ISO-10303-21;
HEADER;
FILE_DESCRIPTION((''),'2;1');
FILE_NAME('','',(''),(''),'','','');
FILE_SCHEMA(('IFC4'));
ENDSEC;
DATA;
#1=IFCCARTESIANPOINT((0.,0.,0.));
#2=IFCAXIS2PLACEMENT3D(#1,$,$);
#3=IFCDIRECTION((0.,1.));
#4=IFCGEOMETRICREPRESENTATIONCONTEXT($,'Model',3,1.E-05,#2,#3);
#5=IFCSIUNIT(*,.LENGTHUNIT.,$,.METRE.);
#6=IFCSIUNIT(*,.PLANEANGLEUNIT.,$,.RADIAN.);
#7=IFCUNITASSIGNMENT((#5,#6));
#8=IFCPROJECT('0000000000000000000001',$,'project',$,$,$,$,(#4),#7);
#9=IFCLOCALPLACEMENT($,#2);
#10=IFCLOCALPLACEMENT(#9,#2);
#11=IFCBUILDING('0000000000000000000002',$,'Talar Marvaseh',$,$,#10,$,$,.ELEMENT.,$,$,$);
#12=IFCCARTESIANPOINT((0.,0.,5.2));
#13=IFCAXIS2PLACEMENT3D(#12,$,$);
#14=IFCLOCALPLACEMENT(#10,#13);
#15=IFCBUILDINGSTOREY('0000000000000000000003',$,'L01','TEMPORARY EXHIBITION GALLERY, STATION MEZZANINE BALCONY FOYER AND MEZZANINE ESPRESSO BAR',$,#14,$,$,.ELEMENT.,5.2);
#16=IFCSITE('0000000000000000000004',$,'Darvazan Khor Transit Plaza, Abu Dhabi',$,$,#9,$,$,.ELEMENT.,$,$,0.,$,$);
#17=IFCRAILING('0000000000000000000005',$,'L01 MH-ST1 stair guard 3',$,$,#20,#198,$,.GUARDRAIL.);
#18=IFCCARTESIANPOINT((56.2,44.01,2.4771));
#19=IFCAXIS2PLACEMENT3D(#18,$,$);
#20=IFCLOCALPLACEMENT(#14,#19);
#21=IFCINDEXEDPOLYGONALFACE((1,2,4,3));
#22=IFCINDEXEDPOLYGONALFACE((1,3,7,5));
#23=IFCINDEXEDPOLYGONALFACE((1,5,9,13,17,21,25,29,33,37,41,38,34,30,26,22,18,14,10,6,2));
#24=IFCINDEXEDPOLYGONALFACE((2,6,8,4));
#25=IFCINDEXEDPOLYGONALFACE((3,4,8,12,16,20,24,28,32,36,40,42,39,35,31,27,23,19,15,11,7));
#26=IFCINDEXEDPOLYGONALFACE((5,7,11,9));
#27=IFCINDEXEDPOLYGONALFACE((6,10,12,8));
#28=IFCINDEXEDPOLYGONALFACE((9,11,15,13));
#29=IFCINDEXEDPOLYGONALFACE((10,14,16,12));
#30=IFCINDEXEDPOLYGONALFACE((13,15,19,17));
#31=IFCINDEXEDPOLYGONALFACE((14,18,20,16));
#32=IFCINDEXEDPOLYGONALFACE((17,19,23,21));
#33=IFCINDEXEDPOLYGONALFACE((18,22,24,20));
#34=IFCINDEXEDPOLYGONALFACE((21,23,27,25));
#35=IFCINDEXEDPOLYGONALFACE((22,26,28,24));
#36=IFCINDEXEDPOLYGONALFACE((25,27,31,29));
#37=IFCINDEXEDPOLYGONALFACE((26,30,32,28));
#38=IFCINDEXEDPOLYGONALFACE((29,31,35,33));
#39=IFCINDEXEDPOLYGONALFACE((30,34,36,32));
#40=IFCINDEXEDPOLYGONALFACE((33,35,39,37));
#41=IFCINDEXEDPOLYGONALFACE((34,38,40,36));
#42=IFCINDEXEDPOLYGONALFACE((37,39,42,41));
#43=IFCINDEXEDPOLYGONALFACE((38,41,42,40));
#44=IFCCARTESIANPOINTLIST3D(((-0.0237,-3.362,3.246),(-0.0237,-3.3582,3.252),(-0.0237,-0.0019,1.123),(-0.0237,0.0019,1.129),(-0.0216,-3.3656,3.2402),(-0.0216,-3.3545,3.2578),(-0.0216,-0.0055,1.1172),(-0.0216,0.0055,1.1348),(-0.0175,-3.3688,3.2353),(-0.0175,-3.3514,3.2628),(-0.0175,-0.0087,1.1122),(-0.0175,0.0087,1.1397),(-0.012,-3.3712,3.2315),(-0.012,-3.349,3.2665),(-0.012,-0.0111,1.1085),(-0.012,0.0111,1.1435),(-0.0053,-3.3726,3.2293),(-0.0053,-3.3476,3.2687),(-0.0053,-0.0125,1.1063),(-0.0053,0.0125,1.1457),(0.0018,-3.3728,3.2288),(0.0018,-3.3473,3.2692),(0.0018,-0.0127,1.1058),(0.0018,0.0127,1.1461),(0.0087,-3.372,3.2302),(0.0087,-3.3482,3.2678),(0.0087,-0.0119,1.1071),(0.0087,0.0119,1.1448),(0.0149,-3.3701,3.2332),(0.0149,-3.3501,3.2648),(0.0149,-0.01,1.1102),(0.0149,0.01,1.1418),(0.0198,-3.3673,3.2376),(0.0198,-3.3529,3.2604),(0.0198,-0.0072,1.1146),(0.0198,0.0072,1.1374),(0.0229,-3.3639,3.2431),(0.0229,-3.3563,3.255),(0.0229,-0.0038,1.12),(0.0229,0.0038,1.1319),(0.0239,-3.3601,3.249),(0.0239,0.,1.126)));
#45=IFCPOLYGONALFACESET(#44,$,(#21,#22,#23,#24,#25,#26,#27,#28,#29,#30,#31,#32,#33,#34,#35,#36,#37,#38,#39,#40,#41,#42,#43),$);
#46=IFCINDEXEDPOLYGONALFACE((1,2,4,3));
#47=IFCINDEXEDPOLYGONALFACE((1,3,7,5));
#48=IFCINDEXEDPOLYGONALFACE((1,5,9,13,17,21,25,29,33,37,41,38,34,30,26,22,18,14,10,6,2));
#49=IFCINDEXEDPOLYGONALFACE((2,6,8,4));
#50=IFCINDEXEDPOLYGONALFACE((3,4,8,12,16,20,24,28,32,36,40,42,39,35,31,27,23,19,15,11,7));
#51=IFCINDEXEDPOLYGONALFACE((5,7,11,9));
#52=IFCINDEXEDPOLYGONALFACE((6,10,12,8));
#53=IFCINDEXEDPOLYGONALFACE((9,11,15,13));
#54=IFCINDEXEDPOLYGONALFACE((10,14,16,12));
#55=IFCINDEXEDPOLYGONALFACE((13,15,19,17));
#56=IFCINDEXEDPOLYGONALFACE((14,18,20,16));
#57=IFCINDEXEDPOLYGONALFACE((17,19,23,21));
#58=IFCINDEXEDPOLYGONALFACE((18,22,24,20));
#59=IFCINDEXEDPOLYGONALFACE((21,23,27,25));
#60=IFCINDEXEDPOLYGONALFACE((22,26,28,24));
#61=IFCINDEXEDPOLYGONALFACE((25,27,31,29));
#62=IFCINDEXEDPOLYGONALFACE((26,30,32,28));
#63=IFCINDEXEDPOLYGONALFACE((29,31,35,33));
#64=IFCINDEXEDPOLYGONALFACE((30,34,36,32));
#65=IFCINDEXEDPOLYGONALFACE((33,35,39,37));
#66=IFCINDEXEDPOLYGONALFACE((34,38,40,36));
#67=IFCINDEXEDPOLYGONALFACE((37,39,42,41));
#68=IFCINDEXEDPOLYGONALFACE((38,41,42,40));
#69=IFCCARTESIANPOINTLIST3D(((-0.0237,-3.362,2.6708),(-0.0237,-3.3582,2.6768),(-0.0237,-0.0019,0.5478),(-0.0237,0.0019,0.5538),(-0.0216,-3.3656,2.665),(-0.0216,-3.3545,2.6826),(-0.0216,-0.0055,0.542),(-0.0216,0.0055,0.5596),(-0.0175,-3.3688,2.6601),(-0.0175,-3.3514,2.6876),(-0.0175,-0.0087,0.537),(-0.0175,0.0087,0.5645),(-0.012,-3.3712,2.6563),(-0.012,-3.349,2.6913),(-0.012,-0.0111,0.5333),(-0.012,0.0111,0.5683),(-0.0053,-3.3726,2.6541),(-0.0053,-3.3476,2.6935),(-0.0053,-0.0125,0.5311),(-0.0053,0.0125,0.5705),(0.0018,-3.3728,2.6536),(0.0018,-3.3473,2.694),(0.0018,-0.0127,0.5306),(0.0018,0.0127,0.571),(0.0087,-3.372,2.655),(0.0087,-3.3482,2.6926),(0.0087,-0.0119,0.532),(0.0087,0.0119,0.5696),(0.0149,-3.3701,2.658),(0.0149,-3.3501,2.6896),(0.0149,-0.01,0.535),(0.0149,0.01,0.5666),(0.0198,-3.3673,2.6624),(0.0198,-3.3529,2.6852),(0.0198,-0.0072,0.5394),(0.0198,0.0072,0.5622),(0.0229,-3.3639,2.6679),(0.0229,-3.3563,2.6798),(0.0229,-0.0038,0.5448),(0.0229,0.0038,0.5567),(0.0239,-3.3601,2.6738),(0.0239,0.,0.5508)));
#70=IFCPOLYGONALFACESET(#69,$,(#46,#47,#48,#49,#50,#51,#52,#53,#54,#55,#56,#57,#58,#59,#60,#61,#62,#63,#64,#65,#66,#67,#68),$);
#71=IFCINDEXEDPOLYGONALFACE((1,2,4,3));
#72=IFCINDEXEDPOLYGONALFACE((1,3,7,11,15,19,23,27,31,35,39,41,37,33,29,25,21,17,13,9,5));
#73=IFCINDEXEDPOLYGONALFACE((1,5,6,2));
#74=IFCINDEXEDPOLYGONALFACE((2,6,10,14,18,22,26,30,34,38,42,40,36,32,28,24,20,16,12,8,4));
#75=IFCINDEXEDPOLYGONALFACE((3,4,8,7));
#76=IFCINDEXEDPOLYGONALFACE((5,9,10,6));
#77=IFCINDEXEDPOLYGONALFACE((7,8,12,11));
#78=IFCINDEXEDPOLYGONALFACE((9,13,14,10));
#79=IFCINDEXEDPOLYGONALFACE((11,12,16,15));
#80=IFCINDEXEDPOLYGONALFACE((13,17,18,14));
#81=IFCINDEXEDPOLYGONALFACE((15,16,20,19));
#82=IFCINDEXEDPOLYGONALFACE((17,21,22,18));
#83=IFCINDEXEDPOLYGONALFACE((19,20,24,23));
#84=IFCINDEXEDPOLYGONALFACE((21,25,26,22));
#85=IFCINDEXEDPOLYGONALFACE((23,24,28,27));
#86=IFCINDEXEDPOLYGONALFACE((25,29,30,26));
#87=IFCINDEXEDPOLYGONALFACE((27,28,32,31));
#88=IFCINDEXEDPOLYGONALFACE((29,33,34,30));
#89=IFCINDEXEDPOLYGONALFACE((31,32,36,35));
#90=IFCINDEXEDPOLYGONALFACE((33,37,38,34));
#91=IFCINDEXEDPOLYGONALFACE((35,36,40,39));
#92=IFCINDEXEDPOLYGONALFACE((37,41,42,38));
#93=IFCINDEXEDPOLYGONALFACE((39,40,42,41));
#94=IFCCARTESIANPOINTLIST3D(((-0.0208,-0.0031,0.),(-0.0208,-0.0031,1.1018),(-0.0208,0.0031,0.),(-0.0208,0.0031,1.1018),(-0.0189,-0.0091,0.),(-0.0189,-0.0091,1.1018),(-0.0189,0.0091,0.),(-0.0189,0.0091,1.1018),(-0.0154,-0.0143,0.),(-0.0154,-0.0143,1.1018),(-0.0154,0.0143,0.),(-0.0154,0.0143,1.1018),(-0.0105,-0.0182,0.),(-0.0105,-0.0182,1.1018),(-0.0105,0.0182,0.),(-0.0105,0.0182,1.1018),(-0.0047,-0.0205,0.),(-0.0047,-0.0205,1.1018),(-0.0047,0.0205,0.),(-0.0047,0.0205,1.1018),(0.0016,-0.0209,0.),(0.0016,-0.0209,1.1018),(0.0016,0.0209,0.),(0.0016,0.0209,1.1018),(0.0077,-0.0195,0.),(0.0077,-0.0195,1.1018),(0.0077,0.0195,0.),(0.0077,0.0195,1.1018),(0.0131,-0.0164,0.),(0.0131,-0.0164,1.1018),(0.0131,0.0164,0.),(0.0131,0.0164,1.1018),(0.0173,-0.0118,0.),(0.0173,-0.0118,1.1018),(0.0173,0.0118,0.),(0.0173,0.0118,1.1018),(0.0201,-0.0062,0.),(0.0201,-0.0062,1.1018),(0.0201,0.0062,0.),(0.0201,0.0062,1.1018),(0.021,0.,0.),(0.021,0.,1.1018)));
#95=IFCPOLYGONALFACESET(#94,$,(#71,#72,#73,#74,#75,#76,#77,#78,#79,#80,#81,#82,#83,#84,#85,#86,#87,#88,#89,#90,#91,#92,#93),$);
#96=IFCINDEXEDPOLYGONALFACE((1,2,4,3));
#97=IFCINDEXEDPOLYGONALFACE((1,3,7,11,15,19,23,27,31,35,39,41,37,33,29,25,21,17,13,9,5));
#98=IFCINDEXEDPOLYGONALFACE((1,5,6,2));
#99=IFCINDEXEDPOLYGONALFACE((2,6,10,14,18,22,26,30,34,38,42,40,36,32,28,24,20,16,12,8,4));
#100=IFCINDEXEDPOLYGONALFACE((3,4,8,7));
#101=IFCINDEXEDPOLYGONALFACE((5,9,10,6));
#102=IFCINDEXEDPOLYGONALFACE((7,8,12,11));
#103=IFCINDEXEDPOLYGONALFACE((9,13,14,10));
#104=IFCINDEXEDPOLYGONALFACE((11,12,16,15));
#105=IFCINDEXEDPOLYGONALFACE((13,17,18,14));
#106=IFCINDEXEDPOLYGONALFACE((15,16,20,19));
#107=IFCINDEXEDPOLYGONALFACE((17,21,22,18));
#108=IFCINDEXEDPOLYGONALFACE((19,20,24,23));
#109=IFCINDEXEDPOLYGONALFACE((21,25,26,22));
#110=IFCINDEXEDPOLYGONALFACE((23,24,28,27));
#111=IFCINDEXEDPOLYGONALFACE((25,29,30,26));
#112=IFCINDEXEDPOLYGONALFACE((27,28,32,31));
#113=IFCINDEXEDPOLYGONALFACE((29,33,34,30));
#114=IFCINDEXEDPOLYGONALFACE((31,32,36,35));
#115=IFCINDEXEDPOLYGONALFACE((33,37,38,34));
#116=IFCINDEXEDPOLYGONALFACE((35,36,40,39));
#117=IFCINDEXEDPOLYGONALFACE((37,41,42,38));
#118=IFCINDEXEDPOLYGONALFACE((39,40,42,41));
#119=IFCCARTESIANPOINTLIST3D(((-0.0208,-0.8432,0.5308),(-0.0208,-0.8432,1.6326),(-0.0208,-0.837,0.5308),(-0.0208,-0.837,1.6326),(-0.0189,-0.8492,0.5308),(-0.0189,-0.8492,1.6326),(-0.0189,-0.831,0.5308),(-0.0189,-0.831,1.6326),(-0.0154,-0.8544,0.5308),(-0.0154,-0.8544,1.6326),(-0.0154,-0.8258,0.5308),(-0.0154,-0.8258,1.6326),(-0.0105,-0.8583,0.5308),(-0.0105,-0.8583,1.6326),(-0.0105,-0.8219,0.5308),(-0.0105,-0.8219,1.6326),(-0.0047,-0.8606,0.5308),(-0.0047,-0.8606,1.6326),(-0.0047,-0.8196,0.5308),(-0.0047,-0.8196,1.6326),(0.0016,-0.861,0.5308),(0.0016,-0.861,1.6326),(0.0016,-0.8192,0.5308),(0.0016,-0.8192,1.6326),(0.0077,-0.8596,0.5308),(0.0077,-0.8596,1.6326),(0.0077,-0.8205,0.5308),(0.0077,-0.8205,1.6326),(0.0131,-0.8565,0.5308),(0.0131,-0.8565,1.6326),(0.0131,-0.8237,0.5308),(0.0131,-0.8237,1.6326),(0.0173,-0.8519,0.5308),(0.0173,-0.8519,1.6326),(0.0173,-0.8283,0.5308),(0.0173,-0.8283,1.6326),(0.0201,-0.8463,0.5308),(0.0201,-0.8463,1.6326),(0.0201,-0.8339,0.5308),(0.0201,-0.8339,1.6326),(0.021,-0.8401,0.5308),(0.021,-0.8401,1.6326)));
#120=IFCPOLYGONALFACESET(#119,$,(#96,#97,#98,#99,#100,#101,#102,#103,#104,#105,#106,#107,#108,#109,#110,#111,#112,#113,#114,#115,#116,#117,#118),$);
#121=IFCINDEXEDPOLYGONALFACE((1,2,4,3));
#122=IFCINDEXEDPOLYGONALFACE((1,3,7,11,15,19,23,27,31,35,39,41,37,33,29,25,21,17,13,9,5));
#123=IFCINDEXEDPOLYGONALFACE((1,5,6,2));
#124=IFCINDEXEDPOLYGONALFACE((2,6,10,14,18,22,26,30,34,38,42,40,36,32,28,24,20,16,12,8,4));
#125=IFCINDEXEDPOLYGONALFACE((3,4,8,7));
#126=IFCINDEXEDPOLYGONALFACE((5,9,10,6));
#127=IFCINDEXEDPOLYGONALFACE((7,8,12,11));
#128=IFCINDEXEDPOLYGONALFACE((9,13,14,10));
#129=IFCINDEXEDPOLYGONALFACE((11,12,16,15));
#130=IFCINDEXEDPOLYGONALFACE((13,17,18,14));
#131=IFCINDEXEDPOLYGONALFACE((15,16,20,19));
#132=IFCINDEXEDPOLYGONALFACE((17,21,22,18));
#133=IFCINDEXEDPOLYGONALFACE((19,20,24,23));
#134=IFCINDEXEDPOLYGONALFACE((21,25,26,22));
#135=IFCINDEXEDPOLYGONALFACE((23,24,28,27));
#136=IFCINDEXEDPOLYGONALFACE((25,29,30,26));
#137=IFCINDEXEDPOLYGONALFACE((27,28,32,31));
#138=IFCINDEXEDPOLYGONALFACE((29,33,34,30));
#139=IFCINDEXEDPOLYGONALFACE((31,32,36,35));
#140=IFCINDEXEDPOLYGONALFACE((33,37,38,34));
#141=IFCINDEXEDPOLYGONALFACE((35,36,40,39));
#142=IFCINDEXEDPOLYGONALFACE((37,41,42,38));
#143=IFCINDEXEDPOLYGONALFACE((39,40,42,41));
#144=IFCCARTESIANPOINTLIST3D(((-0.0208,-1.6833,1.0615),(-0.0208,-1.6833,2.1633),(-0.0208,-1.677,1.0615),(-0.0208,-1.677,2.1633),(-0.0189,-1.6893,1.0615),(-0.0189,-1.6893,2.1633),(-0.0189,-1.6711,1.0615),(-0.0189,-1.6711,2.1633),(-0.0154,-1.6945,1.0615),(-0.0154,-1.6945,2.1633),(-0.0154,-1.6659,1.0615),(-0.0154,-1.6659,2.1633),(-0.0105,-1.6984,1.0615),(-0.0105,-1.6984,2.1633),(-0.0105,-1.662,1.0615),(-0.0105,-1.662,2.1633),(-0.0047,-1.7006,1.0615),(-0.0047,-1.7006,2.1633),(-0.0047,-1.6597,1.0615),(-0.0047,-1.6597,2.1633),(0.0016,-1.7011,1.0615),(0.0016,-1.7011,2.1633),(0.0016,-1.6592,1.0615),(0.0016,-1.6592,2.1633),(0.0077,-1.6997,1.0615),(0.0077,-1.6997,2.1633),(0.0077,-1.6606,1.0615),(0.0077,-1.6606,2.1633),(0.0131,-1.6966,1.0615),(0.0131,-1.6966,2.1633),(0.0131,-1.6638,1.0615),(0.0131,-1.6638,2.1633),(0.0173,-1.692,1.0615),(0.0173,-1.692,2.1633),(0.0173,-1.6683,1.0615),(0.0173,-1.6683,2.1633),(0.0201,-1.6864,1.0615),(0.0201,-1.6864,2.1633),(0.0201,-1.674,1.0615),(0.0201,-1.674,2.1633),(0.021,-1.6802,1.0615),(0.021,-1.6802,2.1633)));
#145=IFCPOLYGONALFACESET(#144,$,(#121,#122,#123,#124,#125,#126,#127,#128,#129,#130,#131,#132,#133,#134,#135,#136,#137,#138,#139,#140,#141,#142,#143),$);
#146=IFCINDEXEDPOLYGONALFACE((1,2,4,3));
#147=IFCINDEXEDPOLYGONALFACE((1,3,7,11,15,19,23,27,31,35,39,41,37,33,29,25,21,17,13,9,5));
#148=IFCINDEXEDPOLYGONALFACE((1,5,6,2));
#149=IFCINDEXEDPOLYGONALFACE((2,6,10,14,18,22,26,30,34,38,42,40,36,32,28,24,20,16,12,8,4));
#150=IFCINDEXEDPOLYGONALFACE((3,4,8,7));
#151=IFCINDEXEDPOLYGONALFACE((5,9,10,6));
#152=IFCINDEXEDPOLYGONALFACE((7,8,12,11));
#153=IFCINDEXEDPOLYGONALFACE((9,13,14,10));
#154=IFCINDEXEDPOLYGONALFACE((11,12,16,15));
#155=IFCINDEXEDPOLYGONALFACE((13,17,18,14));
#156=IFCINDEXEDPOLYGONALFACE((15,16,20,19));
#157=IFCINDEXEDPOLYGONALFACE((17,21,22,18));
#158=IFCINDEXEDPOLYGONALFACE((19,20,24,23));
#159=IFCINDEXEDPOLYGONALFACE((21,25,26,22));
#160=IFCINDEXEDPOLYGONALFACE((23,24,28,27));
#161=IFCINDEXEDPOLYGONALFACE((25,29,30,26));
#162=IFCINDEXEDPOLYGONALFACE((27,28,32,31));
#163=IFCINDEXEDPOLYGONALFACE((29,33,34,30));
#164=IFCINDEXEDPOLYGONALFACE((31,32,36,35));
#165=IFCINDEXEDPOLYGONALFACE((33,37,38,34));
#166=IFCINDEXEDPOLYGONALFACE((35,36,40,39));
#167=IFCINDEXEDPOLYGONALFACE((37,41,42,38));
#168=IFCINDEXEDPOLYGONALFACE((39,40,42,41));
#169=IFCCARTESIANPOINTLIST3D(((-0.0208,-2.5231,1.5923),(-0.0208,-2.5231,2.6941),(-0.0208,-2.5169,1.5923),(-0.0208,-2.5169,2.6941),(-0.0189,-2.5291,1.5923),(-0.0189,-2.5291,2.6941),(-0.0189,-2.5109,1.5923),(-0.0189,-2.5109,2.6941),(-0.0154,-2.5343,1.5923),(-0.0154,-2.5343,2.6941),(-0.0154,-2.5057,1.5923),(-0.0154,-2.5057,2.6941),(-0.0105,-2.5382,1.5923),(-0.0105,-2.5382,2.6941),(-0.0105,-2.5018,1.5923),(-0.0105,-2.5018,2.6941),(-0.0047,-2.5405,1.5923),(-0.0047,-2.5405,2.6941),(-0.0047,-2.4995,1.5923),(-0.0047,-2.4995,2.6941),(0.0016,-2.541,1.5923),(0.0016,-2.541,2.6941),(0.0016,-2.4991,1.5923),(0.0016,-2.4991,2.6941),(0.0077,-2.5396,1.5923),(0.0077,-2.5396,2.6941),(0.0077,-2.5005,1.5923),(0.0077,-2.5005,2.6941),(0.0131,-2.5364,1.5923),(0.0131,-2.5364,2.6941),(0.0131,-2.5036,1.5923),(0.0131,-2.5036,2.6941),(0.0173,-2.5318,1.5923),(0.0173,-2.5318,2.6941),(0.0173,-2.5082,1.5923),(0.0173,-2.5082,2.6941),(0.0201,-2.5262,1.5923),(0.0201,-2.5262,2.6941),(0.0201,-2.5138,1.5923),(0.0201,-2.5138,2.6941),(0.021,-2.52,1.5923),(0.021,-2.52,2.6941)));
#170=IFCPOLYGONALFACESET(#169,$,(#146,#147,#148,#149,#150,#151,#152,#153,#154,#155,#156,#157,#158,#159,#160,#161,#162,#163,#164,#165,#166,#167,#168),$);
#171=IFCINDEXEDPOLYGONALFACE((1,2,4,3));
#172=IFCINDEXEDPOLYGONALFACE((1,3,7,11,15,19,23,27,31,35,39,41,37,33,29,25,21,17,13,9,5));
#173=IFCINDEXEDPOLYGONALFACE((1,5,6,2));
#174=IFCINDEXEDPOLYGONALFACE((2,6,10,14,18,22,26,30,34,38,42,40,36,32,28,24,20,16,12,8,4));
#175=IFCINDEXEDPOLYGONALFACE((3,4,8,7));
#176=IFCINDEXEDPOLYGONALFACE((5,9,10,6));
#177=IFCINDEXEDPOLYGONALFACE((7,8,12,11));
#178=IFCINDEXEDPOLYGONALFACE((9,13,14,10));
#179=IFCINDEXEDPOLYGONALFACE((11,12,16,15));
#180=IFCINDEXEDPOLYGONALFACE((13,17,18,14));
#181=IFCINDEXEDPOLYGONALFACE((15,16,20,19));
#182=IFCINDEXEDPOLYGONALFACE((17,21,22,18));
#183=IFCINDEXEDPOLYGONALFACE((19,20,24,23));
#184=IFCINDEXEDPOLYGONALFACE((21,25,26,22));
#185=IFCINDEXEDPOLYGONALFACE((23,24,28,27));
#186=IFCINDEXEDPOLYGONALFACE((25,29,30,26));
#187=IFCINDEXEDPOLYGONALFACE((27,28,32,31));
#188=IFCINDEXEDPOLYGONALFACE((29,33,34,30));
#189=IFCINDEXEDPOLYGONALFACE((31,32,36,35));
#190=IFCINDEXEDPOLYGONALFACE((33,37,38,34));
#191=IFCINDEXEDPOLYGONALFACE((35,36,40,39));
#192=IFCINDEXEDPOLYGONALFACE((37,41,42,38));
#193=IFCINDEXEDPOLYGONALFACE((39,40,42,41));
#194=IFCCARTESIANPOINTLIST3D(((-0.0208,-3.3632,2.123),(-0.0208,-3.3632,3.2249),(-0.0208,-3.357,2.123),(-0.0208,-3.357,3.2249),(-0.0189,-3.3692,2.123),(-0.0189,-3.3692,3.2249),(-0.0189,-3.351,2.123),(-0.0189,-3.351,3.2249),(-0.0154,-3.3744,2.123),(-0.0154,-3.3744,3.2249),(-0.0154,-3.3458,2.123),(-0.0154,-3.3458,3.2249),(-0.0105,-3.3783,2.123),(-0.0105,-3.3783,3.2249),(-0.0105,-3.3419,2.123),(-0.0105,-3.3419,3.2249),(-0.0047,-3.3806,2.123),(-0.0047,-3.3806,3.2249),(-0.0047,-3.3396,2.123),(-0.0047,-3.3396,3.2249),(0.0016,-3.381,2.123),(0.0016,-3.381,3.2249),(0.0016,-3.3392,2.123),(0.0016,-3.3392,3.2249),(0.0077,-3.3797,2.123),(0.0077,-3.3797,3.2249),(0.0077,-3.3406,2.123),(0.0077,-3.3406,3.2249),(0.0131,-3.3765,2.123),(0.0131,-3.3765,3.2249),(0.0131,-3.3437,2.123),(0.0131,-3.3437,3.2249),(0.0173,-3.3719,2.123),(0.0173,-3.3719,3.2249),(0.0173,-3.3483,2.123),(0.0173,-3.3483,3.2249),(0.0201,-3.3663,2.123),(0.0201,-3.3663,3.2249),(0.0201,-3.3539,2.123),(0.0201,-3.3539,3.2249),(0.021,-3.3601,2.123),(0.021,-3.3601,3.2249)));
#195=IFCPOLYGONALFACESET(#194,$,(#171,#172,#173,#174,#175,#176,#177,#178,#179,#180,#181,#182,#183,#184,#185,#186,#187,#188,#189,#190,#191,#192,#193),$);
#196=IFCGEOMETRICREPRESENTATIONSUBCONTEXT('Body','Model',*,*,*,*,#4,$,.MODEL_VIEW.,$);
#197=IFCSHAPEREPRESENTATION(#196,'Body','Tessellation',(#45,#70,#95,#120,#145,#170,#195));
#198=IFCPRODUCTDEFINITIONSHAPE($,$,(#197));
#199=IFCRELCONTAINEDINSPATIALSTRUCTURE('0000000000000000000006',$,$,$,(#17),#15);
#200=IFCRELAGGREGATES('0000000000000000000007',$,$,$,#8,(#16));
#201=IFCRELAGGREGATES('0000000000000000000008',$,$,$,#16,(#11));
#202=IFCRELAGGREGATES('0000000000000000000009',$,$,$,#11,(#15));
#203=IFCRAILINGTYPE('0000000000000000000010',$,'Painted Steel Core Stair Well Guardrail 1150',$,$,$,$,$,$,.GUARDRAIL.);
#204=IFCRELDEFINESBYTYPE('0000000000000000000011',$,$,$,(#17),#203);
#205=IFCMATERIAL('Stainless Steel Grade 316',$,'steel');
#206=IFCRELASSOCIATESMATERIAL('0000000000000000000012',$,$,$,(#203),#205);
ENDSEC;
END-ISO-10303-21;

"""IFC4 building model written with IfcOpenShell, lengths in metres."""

from ifc_helpers import new_model, si_unit, direction, frame, origin, origin_2d, place, context, subcontext, project, spatial, circle, extrude, material, type_object, element, save


model = new_model("IFC4")

# Units and contexts
model_context = context("Model", 3, precision=1e-05, world=origin(), true_north=direction((0.0, 1.0)))
body_context = subcontext(model_context, "Body", "Model", "MODEL_VIEW")
ifc_project = project(units=[si_unit("LENGTHUNIT", "METRE"), si_unit("PLANEANGLEUNIT", "RADIAN")], contexts=[model_context])

# Site, building, storey
site_placement = place(None, origin())
site = spatial("IfcSite", under=ifc_project, at=site_placement, Name="Darvazan Khor Transit Plaza, Abu Dhabi", CompositionType="ELEMENT", RefElevation=0.0)
building_placement = place(site_placement, origin())
building = spatial("IfcBuilding", under=site, at=building_placement, Name="Talar Marvaseh", CompositionType="ELEMENT")
storey_placement = place(building_placement, frame((0.0, 0.0, 5.2)))
storey = spatial("IfcBuildingStorey", under=building, at=storey_placement, Name="L01", Description="TEMPORARY EXHIBITION GALLERY, STATION MEZZANINE BALCONY FOYER AND MEZZANINE ESPRESSO BAR", CompositionType="ELEMENT", Elevation=5.2)

# Railing
ifc_material_1 = material(Name="Stainless Steel Grade 316", Category="steel")
railing_type_1 = type_object("IfcRailingType", Name="Painted Steel Core Stair Well Guardrail 1150", PredefinedType="GUARDRAIL", material=ifc_material_1)
railing_1_placement = place(storey_placement, frame((56.2, 44.01, 2.4771)))
element("IfcRailing", 1, at=railing_1_placement, inside=storey, type_object=railing_type_1, Name="L01 MH-ST1 stair guard 3", PredefinedType="GUARDRAIL", context=body_context, shape_type="SweptSolid", body=[
    extrude(circle(Radius=0.0239, at=origin_2d()), frame((0.0, 0.0, 1.126), z_axis=(0.0, -0.84539, 0.53415), x_axis=(1.0, 0.0, 0.0)), (0.0, 0.0, 1.0), 3.9746),
    extrude(circle(Radius=0.0239, at=origin_2d()), frame((0.0, 0.0, 0.5508), z_axis=(0.0, -0.84539, 0.53415), x_axis=(1.0, 0.0, 0.0)), (0.0, 0.0, 1.0), 3.9746),
    extrude(circle(Radius=0.021, at=origin_2d()), origin(), (0.0, 0.0, 1.0), 1.1018),
    extrude(circle(Radius=0.021, at=origin_2d()), frame((0.0, -0.8401, 0.5308)), (0.0, 0.0, 1.0), 1.1018),
    extrude(circle(Radius=0.021, at=origin_2d()), frame((0.0, -1.6802, 1.0615)), (0.0, 0.0, 1.0), 1.1018),
    extrude(circle(Radius=0.021, at=origin_2d()), frame((0.0, -2.52, 1.5923)), (0.0, 0.0, 1.0), 1.1018),
    extrude(circle(Radius=0.021, at=origin_2d()), frame((0.0, -3.3601, 2.123)), (0.0, 0.0, 1.0), 1.1018),
])

save(model, "model.ifc")
